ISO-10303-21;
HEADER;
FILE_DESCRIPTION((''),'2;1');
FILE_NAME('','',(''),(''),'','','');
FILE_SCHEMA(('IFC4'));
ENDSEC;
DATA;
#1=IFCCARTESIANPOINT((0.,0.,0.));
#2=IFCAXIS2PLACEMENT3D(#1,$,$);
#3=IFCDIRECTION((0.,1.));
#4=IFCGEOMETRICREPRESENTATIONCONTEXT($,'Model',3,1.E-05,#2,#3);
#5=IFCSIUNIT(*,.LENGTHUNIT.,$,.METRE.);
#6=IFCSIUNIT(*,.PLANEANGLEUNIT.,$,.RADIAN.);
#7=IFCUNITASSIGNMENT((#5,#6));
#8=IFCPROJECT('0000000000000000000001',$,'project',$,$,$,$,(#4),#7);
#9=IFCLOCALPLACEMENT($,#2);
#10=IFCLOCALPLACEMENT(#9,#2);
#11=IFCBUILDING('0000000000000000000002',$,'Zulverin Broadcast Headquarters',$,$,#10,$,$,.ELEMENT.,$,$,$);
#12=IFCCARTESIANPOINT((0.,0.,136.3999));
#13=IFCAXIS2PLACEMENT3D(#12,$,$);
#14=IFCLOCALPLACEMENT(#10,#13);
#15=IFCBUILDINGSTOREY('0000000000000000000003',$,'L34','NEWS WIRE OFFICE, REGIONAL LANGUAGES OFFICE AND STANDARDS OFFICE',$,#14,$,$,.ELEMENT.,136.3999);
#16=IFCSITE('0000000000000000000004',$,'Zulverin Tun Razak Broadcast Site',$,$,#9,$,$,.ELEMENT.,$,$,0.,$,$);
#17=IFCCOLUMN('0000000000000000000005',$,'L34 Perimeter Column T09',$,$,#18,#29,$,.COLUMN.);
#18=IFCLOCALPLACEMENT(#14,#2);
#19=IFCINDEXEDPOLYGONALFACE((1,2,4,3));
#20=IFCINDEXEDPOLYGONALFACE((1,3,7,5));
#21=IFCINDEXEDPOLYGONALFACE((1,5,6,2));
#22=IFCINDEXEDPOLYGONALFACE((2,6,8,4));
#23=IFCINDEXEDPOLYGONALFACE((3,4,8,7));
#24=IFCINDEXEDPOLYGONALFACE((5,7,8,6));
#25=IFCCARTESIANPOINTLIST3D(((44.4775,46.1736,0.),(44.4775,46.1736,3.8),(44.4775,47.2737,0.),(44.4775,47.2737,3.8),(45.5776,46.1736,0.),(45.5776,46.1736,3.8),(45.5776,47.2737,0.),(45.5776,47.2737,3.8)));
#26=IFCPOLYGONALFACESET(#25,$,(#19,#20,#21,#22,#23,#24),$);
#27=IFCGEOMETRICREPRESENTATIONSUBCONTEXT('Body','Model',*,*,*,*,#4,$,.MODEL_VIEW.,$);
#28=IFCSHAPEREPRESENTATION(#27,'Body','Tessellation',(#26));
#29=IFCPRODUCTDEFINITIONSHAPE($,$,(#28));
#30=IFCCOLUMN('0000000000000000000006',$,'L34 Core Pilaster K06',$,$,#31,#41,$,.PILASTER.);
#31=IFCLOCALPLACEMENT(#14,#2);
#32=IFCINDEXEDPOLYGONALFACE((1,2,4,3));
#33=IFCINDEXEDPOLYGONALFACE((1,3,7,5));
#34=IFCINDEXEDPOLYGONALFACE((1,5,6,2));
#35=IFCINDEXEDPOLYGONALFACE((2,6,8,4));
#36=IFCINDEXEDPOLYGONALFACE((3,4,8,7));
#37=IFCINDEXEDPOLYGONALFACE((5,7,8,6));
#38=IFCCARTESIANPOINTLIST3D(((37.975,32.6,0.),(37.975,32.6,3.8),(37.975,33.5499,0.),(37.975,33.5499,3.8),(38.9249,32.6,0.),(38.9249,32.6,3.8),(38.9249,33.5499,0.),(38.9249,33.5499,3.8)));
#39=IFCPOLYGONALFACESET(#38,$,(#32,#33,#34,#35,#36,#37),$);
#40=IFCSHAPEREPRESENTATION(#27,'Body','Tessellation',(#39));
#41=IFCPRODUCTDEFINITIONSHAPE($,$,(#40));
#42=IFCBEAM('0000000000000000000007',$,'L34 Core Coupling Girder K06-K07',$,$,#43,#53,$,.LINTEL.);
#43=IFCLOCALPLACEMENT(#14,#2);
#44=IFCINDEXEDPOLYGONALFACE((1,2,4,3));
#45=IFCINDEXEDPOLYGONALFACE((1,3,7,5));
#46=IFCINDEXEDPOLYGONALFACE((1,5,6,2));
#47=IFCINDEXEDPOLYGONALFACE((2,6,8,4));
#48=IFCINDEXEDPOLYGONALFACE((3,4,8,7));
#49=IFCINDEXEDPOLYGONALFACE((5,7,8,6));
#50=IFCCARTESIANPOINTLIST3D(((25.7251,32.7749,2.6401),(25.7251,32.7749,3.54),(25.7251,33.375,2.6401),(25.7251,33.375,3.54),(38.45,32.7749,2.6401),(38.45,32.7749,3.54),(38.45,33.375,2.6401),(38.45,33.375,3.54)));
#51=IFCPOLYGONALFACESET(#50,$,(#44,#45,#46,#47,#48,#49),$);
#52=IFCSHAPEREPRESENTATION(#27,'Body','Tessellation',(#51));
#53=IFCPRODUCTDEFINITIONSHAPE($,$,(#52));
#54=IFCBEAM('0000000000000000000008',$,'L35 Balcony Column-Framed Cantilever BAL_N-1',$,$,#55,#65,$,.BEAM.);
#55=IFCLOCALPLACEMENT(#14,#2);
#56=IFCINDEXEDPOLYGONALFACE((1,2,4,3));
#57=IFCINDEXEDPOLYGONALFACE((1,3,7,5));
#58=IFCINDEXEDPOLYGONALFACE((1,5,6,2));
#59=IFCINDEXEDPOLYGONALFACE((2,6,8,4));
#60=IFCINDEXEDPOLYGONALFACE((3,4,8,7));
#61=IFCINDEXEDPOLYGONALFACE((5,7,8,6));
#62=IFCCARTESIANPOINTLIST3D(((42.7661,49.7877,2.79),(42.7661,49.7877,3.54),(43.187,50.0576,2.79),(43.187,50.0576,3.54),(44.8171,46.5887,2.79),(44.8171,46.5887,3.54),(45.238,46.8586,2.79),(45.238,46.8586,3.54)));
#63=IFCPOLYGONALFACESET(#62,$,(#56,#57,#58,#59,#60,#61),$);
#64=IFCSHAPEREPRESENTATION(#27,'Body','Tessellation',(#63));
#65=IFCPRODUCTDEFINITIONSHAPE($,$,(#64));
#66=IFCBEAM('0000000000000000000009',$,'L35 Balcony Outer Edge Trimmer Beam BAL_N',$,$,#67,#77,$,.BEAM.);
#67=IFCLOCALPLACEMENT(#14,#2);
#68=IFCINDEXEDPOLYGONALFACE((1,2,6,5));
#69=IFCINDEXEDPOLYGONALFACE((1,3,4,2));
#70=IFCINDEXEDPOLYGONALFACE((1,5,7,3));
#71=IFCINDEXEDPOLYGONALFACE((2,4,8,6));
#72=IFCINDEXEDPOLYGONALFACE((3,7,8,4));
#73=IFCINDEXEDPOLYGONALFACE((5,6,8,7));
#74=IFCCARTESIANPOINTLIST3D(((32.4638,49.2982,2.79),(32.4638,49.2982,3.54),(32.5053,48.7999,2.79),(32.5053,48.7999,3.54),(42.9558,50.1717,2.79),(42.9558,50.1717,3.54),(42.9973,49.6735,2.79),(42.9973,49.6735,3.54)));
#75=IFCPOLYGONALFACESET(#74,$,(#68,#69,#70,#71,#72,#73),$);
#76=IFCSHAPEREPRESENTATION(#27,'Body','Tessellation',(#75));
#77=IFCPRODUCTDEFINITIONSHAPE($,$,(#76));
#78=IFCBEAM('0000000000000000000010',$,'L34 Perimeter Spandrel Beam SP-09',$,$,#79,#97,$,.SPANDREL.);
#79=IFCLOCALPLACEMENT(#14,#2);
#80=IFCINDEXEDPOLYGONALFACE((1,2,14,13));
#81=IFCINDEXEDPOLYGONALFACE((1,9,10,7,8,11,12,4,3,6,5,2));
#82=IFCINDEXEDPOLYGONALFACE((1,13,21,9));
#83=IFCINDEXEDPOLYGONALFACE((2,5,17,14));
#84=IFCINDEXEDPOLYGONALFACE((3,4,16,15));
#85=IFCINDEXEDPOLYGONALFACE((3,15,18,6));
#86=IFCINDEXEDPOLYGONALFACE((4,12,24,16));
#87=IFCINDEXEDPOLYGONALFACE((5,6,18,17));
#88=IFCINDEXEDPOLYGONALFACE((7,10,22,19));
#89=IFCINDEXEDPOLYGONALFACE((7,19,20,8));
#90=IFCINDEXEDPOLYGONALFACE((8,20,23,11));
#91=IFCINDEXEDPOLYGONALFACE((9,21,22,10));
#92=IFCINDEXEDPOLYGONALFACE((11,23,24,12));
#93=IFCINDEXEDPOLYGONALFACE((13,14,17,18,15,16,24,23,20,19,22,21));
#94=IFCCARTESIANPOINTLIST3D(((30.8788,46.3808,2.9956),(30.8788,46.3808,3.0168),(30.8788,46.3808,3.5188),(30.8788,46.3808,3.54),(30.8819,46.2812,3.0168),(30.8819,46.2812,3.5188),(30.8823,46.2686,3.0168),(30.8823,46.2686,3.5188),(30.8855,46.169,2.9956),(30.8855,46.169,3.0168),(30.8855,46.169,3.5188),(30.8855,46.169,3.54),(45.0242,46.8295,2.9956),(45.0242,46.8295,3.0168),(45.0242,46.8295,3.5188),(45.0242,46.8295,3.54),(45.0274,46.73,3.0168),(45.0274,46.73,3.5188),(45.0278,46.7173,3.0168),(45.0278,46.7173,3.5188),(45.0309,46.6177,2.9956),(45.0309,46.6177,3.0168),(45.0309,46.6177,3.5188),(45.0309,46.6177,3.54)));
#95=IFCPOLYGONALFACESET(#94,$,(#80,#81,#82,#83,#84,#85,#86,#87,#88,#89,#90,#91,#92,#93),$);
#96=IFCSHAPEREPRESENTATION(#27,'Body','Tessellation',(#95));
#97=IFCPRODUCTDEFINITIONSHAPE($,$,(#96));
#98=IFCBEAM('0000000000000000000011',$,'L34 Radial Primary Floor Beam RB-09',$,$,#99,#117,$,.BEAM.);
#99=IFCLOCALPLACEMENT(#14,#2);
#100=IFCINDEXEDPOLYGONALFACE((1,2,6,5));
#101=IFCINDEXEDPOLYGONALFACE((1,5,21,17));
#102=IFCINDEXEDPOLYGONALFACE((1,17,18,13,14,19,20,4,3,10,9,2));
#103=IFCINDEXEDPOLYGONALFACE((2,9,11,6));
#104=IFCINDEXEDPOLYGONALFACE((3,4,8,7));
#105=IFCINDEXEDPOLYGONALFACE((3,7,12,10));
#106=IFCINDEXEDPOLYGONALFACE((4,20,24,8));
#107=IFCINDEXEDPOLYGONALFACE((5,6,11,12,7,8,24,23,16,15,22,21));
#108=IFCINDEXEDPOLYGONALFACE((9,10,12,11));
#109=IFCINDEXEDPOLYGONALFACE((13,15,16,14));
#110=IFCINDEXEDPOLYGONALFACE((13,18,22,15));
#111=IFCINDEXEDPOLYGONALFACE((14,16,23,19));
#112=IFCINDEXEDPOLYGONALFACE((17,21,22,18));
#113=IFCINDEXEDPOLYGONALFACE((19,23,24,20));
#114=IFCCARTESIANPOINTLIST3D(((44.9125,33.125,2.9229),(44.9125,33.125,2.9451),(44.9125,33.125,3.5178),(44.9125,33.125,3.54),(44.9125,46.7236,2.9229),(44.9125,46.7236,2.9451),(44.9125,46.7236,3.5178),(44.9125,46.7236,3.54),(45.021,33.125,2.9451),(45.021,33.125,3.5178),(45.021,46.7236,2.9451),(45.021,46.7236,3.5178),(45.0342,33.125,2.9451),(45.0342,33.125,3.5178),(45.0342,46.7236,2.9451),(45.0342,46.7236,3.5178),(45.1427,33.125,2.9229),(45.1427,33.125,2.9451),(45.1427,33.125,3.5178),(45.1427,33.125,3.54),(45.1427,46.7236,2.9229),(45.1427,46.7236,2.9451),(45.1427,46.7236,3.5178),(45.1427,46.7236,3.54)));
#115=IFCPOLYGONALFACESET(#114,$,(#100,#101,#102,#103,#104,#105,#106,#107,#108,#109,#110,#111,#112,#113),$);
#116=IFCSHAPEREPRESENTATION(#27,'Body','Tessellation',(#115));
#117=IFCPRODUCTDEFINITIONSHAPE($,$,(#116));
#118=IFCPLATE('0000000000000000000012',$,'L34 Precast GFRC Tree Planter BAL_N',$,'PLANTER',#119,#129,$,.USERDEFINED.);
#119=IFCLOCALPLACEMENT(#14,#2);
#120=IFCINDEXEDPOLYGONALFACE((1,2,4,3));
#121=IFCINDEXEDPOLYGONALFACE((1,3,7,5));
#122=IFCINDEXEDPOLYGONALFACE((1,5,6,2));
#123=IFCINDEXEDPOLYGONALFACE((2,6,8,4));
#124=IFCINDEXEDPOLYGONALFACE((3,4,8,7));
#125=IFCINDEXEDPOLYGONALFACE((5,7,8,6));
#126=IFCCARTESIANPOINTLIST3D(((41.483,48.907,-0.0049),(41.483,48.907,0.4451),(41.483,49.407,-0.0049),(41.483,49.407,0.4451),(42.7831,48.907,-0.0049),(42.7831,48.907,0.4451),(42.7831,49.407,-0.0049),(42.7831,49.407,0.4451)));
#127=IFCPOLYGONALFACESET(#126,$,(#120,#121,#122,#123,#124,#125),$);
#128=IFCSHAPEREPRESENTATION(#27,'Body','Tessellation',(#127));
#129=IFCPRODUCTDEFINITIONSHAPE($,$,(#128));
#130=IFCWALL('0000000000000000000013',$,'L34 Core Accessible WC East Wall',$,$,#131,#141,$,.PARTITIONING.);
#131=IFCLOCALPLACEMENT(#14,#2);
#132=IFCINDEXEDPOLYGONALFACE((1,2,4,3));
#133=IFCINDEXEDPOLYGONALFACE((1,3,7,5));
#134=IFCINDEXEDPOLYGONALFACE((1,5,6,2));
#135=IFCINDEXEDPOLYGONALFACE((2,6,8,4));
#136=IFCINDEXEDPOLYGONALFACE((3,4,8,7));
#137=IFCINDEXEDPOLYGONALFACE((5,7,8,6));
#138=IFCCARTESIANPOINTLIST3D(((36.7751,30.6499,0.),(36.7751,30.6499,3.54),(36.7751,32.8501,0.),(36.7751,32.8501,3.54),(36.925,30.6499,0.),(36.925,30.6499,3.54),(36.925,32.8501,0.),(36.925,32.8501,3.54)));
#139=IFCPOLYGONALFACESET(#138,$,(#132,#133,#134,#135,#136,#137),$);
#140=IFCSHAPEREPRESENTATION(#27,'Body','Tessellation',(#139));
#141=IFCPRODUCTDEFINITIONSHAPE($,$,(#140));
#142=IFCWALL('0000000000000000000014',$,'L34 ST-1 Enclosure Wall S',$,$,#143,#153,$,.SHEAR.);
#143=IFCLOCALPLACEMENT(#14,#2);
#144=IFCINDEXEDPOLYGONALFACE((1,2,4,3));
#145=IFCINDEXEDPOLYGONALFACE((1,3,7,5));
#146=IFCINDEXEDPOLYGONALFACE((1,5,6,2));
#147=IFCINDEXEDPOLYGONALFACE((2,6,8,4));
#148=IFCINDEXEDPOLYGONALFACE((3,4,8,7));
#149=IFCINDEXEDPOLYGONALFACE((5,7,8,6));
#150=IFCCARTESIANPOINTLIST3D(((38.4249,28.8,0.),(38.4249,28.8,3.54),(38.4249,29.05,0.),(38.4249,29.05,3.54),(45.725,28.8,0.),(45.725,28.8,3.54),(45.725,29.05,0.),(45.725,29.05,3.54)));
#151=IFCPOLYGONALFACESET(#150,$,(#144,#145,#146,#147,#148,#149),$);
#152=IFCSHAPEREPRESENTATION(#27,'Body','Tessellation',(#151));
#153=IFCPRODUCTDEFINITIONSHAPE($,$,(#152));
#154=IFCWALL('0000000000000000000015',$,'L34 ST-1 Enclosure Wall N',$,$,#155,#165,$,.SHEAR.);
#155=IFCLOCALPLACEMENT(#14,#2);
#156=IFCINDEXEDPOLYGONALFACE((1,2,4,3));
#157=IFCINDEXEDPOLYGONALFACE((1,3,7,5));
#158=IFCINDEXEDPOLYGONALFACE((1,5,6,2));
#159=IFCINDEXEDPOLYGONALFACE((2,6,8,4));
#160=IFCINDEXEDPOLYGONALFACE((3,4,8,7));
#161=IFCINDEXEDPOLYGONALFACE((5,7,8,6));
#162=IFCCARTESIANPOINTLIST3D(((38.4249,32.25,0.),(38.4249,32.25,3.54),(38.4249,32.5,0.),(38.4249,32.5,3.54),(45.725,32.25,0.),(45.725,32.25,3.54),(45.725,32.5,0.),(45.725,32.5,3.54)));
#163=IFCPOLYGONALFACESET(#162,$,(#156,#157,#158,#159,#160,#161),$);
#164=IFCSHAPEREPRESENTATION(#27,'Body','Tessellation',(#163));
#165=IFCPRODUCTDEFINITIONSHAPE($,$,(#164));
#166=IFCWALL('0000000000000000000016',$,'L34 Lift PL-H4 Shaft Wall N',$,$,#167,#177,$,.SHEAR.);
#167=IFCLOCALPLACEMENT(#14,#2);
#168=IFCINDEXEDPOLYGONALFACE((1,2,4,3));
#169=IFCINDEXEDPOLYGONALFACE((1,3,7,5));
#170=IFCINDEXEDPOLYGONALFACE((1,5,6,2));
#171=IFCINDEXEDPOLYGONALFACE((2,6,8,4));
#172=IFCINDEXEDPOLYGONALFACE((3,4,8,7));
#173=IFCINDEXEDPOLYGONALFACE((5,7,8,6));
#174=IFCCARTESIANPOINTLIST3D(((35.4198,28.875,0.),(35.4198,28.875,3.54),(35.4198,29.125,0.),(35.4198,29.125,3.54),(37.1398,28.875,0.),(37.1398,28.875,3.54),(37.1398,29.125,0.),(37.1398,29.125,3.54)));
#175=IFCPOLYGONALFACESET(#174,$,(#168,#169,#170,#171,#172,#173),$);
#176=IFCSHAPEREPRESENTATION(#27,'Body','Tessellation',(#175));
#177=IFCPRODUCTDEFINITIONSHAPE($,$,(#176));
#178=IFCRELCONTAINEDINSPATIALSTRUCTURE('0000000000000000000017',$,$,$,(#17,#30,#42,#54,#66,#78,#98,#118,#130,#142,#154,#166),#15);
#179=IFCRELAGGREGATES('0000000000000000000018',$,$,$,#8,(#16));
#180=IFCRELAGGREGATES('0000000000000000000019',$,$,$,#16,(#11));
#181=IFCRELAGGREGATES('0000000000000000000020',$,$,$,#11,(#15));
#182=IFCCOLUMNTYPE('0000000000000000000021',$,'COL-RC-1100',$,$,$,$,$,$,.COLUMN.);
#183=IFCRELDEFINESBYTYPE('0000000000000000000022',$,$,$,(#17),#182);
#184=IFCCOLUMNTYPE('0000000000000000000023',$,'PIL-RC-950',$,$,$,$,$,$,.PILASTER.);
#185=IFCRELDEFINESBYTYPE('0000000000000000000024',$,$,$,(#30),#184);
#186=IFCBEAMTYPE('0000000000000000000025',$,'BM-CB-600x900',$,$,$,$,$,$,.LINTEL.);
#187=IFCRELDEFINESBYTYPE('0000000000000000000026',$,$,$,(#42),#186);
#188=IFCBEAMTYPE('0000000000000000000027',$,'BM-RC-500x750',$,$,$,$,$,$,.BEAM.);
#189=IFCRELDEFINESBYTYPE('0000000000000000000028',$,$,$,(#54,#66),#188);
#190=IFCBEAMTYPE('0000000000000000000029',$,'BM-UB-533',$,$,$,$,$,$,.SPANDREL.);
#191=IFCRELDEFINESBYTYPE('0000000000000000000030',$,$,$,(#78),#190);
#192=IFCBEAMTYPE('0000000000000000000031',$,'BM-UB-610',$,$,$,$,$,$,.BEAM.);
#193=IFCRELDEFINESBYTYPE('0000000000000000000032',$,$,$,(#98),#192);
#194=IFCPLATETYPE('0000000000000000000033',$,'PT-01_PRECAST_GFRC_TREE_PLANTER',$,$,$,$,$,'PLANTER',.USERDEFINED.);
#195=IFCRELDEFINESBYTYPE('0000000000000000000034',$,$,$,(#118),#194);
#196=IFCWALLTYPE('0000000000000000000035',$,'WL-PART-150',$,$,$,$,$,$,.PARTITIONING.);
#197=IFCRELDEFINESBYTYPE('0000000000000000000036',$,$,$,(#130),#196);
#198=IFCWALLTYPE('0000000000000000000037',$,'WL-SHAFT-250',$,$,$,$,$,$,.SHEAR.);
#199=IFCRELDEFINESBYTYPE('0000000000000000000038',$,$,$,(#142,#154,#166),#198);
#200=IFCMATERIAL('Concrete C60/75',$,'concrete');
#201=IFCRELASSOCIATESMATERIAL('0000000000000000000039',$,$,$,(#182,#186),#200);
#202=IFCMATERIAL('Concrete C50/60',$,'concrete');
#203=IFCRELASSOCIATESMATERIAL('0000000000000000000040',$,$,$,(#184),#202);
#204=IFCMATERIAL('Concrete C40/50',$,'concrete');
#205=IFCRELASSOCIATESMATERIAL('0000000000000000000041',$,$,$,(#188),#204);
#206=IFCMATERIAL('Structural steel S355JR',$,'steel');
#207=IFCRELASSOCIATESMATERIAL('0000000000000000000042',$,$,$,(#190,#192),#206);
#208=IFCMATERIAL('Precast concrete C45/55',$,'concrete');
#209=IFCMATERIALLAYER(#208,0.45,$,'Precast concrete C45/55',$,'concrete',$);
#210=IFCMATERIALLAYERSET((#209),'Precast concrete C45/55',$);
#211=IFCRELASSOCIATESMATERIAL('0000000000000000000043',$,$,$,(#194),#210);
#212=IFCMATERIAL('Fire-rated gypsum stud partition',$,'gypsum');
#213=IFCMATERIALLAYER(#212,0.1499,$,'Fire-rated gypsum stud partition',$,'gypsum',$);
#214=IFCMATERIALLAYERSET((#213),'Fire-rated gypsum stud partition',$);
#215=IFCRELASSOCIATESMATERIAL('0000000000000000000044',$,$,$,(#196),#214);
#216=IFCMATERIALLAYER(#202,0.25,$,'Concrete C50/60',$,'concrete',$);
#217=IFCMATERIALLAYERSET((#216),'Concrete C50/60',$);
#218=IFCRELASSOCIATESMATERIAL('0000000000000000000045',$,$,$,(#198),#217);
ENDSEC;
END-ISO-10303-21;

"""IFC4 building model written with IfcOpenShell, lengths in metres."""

from ifc_helpers import new_model, si_unit, direction, frame, frame_2d, origin, origin_2d, place, context, subcontext, project, spatial, rectangle, i_section, extrude, material, layer, layer_set, material_profile, profile_set, type_object, element, save


model = new_model("IFC4")

# Units and contexts
model_context = context("Model", 3, precision=1e-05, world=origin(), true_north=direction((0.0, 1.0)))
body_context = subcontext(model_context, "Body", "Model", "MODEL_VIEW")
ifc_project = project(units=[si_unit("LENGTHUNIT", "METRE"), si_unit("PLANEANGLEUNIT", "RADIAN")], contexts=[model_context])

# Site, building, storey
site_placement = place(None, origin())
site = spatial("IfcSite", under=ifc_project, at=site_placement, Name="Zulverin Tun Razak Broadcast Site", CompositionType="ELEMENT", RefElevation=0.0)
building_placement = place(site_placement, origin())
building = spatial("IfcBuilding", under=site, at=building_placement, Name="Zulverin Broadcast Headquarters", CompositionType="ELEMENT")
storey_placement = place(building_placement, frame((0.0, 0.0, 136.3999)))
storey = spatial("IfcBuildingStorey", under=building, at=storey_placement, Name="L34", Description="NEWS WIRE OFFICE, REGIONAL LANGUAGES OFFICE AND STANDARDS OFFICE", CompositionType="ELEMENT", Elevation=136.3999)

# Columns
ifc_material_1 = material(Name="Concrete C60/75", Category="concrete")
ifc_material_profile_1 = material_profile(ifc_material_1, rectangle(XDim=1.1001, YDim=1.1001, at=origin_2d()), Name="Concrete C60/75", Category="concrete")
ifc_profile_set_1 = profile_set([ifc_material_profile_1], Name="Concrete C60/75")
column_type_1 = type_object("IfcColumnType", Name="COL-RC-1100", PredefinedType="COLUMN", material=ifc_profile_set_1)
column_1_placement = place(storey_placement, frame((45.0276, 46.7236, 0.0), z_axis=(0.0, 0.0, 1.0), x_axis=(1.0, 0.0, 0.0)))
element("IfcColumn", 1, at=column_1_placement, inside=storey, type_object=column_type_1, Name="L34 Perimeter Column T09", PredefinedType="COLUMN", context=body_context, shape_type="SweptSolid", body=[
    extrude(rectangle(XDim=1.1001, YDim=1.1001, at=origin_2d()), origin(), (0.0, 0.0, 1.0), 3.8),
])
ifc_material_2 = material(Name="Concrete C50/60", Category="concrete")
ifc_material_profile_2 = material_profile(ifc_material_2, rectangle(XDim=0.95, YDim=0.95, at=origin_2d()), Name="Concrete C50/60", Category="concrete")
ifc_profile_set_2 = profile_set([ifc_material_profile_2], Name="Concrete C50/60")
column_type_2 = type_object("IfcColumnType", Name="PIL-RC-950", PredefinedType="PILASTER", material=ifc_profile_set_2)
column_2_placement = place(storey_placement, frame((38.45, 33.075, 0.0), z_axis=(0.0, 0.0, 1.0), x_axis=(1.0, 0.0, 0.0)))
element("IfcColumn", 2, at=column_2_placement, inside=storey, type_object=column_type_2, Name="L34 Core Pilaster K06", PredefinedType="PILASTER", context=body_context, shape_type="SweptSolid", body=[
    extrude(rectangle(XDim=0.95, YDim=0.95, at=origin_2d()), origin(), (0.0, 0.0, 1.0), 3.8),
])

# Beams
ifc_material_profile_3 = material_profile(ifc_material_1, rectangle(XDim=0.6001, YDim=0.8999, at=origin_2d()), Name="Concrete C60/75", Category="concrete")
ifc_profile_set_3 = profile_set([ifc_material_profile_3], Name="Concrete C60/75")
beam_type_1 = type_object("IfcBeamType", Name="BM-CB-600x900", PredefinedType="LINTEL", material=ifc_profile_set_3)
beam_1_placement = place(storey_placement, frame((38.45, 33.075, 3.0901), z_axis=(-1.0, 0.0, 0.0), x_axis=(0.0, -1.0, 0.0)))
element("IfcBeam", 3, at=beam_1_placement, inside=storey, type_object=beam_type_1, Name="L34 Core Coupling Girder K06-K07", PredefinedType="LINTEL", context=body_context, shape_type="SweptSolid", body=[
    extrude(rectangle(XDim=0.6001, YDim=0.8999, at=origin_2d()), origin(), (0.0, 0.0, 1.0), 12.7249),
])
ifc_material_3 = material(Name="Concrete C40/50", Category="concrete")
ifc_material_profile_4 = material_profile(ifc_material_3, rectangle(XDim=0.5, YDim=0.75, at=origin_2d()), Name="Concrete C40/50", Category="concrete")
ifc_profile_set_4 = profile_set([ifc_material_profile_4], Name="Concrete C40/50")
beam_type_2 = type_object("IfcBeamType", Name="BM-RC-500x750", PredefinedType="BEAM", material=ifc_profile_set_4)
beam_2_placement = place(storey_placement, frame((45.0276, 46.7236, 3.165), z_axis=(-0.539741, 0.841831, 0.0), x_axis=(-0.841831, -0.539741, 0.0)))
element("IfcBeam", 4, at=beam_2_placement, inside=storey, type_object=beam_type_2, Name="L35 Balcony Column-Framed Cantilever BAL_N-1", PredefinedType="BEAM", context=body_context, shape_type="SweptSolid", body=[
    extrude(rectangle(XDim=0.5, YDim=0.75, at=origin_2d()), origin(), (0.0, 0.0, 1.0), 3.8),
])
beam_3_placement = place(storey_placement, frame((42.9766, 49.9226, 3.165), z_axis=(-0.996552, -0.082971, 0.0), x_axis=(0.082971, -0.996552, 0.0)))
element("IfcBeam", 5, at=beam_3_placement, inside=storey, type_object=beam_type_2, Name="L35 Balcony Outer Edge Trimmer Beam BAL_N", PredefinedType="BEAM", context=body_context, shape_type="SweptSolid", body=[
    extrude(rectangle(XDim=0.5, YDim=0.75, at=origin_2d()), origin(), (0.0, 0.0, 1.0), 10.5283),
])
ifc_material_4 = material(Name="Structural steel S355JR", Category="steel")
ifc_material_profile_5 = material_profile(ifc_material_4, i_section(OverallWidth=0.2119, OverallDepth=0.5444, WebThickness=0.0127, FlangeThickness=0.0212, at=origin_2d()), Name="Structural steel S355JR", Category="steel")
ifc_profile_set_5 = profile_set([ifc_material_profile_5], Name="Structural steel S355JR")
beam_type_3 = type_object("IfcBeamType", Name="BM-UB-533", PredefinedType="SPANDREL", material=ifc_profile_set_5)
beam_4_placement = place(storey_placement, frame((45.0276, 46.7236, 3.2678), z_axis=(-0.999497, -0.031707, 0.0), x_axis=(0.031707, -0.999497, 0.0)))
element("IfcBeam", 6, at=beam_4_placement, inside=storey, type_object=beam_type_3, Name="L34 Perimeter Spandrel Beam SP-09", PredefinedType="SPANDREL", context=body_context, shape_type="SweptSolid", body=[
    extrude(i_section(OverallWidth=0.2119, OverallDepth=0.5444, WebThickness=0.0127, FlangeThickness=0.0212, at=origin_2d()), origin(), (0.0, 0.0, 1.0), 14.1526),
])
ifc_material_profile_6 = material_profile(ifc_material_4, i_section(OverallWidth=0.2302, OverallDepth=0.6172, WebThickness=0.0132, FlangeThickness=0.0222, at=origin_2d()), Name="Structural steel S355JR", Category="steel")
ifc_profile_set_6 = profile_set([ifc_material_profile_6], Name="Structural steel S355JR")
beam_type_4 = type_object("IfcBeamType", Name="BM-UB-610", PredefinedType="BEAM", material=ifc_profile_set_6)
beam_5_placement = place(storey_placement, frame((45.0276, 33.125, 3.2314), z_axis=(0.0, 1.0, 0.0), x_axis=(-1.0, 0.0, 0.0)))
element("IfcBeam", 7, at=beam_5_placement, inside=storey, type_object=beam_type_4, Name="L34 Radial Primary Floor Beam RB-09", PredefinedType="BEAM", context=body_context, shape_type="SweptSolid", body=[
    extrude(i_section(OverallWidth=0.2302, OverallDepth=0.6172, WebThickness=0.0132, FlangeThickness=0.0222, at=origin_2d()), origin(), (0.0, 0.0, 1.0), 13.5986),
])

# Plate
ifc_material_5 = material(Name="Precast concrete C45/55", Category="concrete")
ifc_layer_1 = layer(ifc_material_5, 0.45, Name="Precast concrete C45/55", Category="concrete")
ifc_layer_set_1 = layer_set([ifc_layer_1], Name="Precast concrete C45/55")
plate_type = type_object("IfcPlateType", Name="PT-01_PRECAST_GFRC_TREE_PLANTER", ElementType="PLANTER", PredefinedType="USERDEFINED", material=ifc_layer_set_1)
plate_placement = place(storey_placement, frame((42.1331, 49.157, -0.0049), z_axis=(0.0, 0.0, 1.0), x_axis=(1.0, 0.0, 0.0)))
element("IfcPlate", 8, at=plate_placement, inside=storey, type_object=plate_type, Name="L34 Precast GFRC Tree Planter BAL_N", ObjectType="PLANTER", PredefinedType="USERDEFINED", context=body_context, shape_type="SweptSolid", body=[
    extrude(rectangle(XDim=1.3, YDim=0.5, at=origin_2d()), origin(), (0.0, 0.0, 1.0), 0.45),
])

# Walls
ifc_material_6 = material(Name="Fire-rated gypsum stud partition", Category="gypsum")
ifc_layer_2 = layer(ifc_material_6, 0.1499, Name="Fire-rated gypsum stud partition", Category="gypsum")
ifc_layer_set_2 = layer_set([ifc_layer_2], Name="Fire-rated gypsum stud partition")
wall_type_1 = type_object("IfcWallType", Name="WL-PART-150", PredefinedType="PARTITIONING", material=ifc_layer_set_2)
wall_1_placement = place(storey_placement, frame((36.8501, 30.6499, 0.0), z_axis=(0.0, 0.0, 1.0), x_axis=(0.0, 1.0, 0.0)))
element("IfcWall", 9, at=wall_1_placement, inside=storey, type_object=wall_type_1, Name="L34 Core Accessible WC East Wall", PredefinedType="PARTITIONING", context=body_context, shape_type="SweptSolid", body=[
    extrude(rectangle(XDim=2.2002, YDim=0.1499, at=frame_2d((1.1001, 0.0))), origin(), (0.0, 0.0, 1.0), 3.54),
])
ifc_layer_3 = layer(ifc_material_2, 0.25, Name="Concrete C50/60", Category="concrete")
ifc_layer_set_3 = layer_set([ifc_layer_3], Name="Concrete C50/60")
wall_type_2 = type_object("IfcWallType", Name="WL-SHAFT-250", PredefinedType="SHEAR", material=ifc_layer_set_3)
for number, where, z_axis, x_axis, name in (
    (10, (38.425, 28.925, 0.0), (0.0, 0.0, 1.0), (1.0, 0.0, 0.0), "L34 ST-1 Enclosure Wall S"),
    (11, (38.425, 32.375, 0.0), (0.0, 0.0, 1.0), (1.0, 0.0, 0.0), "L34 ST-1 Enclosure Wall N"),
):
    element("IfcWall", number, at=place(storey_placement, frame(where, z_axis=z_axis, x_axis=x_axis)), inside=storey, type_object=wall_type_2, Name=name, PredefinedType="SHEAR", context=body_context, shape_type="SweptSolid", body=[
        extrude(rectangle(XDim=7.3, YDim=0.25, at=frame_2d((3.6499, 0.0))), origin(), (0.0, 0.0, 1.0), 3.54),
    ])

# Wall
wall_2_placement = place(storey_placement, frame((35.4199, 29.0, 0.0), z_axis=(0.0, 0.0, 1.0), x_axis=(1.0, 0.0, 0.0)))
element("IfcWall", 12, at=wall_2_placement, inside=storey, type_object=wall_type_2, Name="L34 Lift PL-H4 Shaft Wall N", PredefinedType="SHEAR", context=body_context, shape_type="SweptSolid", body=[
    extrude(rectangle(XDim=1.72, YDim=0.25, at=frame_2d((0.8599, 0.0))), origin(), (0.0, 0.0, 1.0), 3.54),
])

save(model, "model.ifc")
